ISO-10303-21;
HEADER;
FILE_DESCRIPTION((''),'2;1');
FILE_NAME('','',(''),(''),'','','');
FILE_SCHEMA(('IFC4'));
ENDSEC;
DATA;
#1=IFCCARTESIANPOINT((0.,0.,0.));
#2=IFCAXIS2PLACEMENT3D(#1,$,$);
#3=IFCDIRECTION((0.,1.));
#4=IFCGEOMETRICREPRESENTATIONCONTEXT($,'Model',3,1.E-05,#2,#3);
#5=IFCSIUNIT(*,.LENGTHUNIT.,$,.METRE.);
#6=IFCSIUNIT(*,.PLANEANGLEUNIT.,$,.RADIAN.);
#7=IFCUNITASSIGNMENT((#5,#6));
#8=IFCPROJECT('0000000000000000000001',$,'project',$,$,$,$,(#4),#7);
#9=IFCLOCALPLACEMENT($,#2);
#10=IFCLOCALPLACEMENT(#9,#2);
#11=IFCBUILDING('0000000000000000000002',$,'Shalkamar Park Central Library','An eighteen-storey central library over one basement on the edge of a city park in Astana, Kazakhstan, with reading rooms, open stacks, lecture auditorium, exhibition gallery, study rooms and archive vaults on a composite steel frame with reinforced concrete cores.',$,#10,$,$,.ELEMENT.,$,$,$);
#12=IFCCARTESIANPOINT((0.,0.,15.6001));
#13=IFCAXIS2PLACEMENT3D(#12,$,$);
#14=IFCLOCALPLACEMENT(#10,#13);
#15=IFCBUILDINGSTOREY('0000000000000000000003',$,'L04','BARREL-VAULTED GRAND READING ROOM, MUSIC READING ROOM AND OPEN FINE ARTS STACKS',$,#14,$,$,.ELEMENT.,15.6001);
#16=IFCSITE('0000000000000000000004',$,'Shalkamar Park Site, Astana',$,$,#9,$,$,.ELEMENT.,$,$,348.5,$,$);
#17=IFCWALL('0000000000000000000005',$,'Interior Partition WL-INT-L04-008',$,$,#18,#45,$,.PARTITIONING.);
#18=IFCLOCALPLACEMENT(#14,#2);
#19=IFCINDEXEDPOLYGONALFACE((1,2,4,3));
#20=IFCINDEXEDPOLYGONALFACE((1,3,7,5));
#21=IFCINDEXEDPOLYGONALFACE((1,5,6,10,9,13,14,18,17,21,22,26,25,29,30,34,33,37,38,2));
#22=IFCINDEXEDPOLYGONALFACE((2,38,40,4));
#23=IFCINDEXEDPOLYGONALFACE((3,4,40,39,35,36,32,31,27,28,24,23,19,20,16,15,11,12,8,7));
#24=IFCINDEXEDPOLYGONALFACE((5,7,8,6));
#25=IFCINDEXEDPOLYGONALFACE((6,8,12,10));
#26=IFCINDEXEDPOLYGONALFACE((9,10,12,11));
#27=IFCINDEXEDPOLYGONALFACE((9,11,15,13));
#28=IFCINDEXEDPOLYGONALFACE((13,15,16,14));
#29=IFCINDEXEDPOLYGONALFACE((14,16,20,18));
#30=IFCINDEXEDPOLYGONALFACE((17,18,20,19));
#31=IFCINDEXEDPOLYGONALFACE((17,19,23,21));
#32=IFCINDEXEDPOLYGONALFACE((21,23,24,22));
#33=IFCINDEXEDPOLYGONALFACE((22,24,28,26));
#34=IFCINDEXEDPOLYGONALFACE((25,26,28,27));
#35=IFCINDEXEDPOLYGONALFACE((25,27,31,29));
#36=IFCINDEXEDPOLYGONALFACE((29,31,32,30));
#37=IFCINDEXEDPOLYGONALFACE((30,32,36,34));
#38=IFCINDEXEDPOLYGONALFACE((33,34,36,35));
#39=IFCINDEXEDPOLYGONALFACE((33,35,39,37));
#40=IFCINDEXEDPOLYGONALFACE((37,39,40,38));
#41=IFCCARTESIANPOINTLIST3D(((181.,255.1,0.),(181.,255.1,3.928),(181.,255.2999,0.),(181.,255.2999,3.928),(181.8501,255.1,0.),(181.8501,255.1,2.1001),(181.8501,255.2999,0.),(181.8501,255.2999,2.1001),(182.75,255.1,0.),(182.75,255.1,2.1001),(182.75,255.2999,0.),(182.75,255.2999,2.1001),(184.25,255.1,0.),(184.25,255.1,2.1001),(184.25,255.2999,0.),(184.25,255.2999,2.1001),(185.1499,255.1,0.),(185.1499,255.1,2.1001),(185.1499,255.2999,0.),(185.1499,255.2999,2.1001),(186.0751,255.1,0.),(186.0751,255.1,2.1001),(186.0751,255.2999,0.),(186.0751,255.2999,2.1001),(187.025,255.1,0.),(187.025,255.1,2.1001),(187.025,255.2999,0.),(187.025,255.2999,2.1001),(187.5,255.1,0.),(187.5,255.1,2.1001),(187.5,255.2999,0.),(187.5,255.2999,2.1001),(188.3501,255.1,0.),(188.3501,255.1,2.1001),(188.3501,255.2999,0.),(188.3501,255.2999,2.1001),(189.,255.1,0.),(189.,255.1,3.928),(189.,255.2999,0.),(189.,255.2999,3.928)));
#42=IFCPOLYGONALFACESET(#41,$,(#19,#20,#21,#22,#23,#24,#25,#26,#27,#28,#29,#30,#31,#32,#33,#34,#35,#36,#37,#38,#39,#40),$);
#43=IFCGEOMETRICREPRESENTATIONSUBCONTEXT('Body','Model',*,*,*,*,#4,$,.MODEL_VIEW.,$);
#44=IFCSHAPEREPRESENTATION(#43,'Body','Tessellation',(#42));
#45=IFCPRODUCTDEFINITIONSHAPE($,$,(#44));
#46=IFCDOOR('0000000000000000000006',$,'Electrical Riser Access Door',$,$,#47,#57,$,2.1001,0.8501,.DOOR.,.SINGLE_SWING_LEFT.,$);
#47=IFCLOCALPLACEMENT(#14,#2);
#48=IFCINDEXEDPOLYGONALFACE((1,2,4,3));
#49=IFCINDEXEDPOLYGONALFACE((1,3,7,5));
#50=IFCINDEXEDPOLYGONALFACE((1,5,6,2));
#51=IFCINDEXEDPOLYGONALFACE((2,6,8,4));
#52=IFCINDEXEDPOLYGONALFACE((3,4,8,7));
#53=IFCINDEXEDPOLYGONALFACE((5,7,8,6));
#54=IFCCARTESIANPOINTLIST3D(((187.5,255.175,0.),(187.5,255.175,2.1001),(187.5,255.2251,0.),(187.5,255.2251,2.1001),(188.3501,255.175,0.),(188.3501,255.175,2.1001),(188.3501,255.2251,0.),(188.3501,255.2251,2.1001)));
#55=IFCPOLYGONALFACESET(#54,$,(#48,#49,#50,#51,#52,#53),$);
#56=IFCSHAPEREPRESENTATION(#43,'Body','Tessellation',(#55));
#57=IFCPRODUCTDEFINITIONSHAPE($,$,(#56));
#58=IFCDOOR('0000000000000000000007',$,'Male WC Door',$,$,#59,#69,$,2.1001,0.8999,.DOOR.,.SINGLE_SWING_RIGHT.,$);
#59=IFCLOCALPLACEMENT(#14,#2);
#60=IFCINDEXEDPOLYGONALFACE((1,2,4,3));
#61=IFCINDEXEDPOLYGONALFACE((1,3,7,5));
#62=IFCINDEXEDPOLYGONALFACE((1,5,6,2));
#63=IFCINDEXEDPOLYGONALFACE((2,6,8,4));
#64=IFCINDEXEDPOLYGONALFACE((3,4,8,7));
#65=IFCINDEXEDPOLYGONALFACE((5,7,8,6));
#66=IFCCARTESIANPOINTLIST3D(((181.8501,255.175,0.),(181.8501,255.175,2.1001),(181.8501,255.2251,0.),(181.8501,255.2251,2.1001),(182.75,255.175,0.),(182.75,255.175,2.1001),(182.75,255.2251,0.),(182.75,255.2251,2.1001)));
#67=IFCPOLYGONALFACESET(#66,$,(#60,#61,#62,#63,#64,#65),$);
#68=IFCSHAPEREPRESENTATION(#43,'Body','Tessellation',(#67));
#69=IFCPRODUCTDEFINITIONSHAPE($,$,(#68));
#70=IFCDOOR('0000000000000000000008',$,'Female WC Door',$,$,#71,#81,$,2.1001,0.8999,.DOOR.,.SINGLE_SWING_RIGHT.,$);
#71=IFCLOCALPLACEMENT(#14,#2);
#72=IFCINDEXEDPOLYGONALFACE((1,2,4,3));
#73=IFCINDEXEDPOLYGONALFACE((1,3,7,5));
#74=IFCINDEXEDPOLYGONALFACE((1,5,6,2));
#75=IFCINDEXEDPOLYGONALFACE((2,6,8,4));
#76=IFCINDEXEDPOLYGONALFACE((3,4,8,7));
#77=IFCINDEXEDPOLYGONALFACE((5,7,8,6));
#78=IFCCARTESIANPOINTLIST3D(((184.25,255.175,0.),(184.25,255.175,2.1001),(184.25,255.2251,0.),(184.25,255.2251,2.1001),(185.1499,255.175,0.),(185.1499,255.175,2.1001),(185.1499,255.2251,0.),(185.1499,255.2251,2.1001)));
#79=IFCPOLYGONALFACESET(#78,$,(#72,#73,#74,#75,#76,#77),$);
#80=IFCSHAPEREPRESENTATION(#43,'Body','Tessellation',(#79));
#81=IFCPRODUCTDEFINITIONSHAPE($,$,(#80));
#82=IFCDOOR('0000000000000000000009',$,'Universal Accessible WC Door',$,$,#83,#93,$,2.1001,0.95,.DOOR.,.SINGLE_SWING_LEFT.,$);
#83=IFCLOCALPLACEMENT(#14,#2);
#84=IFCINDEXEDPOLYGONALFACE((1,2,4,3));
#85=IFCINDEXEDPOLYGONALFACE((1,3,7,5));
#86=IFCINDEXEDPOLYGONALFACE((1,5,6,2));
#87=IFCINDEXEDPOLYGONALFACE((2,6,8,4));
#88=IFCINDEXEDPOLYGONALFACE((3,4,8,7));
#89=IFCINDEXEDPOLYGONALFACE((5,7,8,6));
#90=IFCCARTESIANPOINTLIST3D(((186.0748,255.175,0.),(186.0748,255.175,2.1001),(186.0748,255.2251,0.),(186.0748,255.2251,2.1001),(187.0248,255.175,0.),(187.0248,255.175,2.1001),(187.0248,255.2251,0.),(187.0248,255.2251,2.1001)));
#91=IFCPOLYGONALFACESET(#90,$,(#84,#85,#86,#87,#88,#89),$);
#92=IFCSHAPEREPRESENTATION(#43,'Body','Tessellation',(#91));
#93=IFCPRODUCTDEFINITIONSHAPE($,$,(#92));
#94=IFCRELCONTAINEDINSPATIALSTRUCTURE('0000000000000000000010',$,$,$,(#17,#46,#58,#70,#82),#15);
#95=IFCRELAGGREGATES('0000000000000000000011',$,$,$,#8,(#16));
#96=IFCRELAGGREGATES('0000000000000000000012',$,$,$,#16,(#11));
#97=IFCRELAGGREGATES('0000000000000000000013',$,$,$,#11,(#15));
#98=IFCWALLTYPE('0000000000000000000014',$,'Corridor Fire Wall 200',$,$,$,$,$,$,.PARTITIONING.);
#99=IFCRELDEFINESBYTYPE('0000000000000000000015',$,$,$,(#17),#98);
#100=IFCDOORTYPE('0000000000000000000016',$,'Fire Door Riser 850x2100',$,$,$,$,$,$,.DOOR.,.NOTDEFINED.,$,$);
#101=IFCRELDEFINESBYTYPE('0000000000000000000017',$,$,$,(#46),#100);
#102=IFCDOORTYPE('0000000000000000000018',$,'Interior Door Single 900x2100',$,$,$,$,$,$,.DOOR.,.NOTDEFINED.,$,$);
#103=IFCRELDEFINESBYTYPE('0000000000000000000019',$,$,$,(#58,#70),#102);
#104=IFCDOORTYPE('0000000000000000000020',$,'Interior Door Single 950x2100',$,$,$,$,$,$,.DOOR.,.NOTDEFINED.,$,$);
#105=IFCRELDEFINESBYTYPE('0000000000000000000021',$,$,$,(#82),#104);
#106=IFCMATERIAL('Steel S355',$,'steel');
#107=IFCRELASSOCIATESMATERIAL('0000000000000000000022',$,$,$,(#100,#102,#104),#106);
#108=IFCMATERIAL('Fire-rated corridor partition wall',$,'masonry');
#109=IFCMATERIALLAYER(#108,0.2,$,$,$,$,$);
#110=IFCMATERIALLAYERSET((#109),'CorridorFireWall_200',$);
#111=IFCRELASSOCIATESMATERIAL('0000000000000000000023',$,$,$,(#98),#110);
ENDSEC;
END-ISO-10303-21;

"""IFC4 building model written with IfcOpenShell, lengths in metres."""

from ifc_helpers import new_model, si_unit, direction, frame, frame_2d, origin, place, context, subcontext, project, spatial, rectangle, extrude, material, layer, layer_set, type_object, element, fill, save


model = new_model("IFC4")

# Units and contexts
model_context = context("Model", 3, precision=1e-05, world=origin(), true_north=direction((0.0, 1.0)))
body_context = subcontext(model_context, "Body", "Model", "MODEL_VIEW")
ifc_project = project(units=[si_unit("LENGTHUNIT", "METRE"), si_unit("PLANEANGLEUNIT", "RADIAN")], contexts=[model_context])

# Site, building, storey
site_placement = place(None, origin())
site = spatial("IfcSite", under=ifc_project, at=site_placement, Name="Shalkamar Park Site, Astana", CompositionType="ELEMENT", RefElevation=348.5)
building_placement = place(site_placement, origin())
building = spatial("IfcBuilding", under=site, at=building_placement, Name="Shalkamar Park Central Library", Description="An eighteen-storey central library over one basement on the edge of a city park in Astana, Kazakhstan, with reading rooms, open stacks, lecture auditorium, exhibition gallery, study rooms and archive vaults on a composite steel frame with reinforced concrete cores.", CompositionType="ELEMENT")
storey_placement = place(building_placement, frame((0.0, 0.0, 15.6001)))
storey = spatial("IfcBuildingStorey", under=building, at=storey_placement, Name="L04", Description="BARREL-VAULTED GRAND READING ROOM, MUSIC READING ROOM AND OPEN FINE ARTS STACKS", CompositionType="ELEMENT", Elevation=15.6001)

# Shared definitions
ifc_material_1 = material(Name="Steel S355", Category="steel")

# Wall, openings, doors
door_type_1 = type_object("IfcDoorType", Name="Fire Door Riser 850x2100", OperationType="NOTDEFINED", PredefinedType="DOOR", material=ifc_material_1)
ifc_material_2 = material(Name="Fire-rated corridor partition wall", Category="masonry")
ifc_layer_1 = layer(ifc_material_2, 0.2)
ifc_layer_set_1 = layer_set([ifc_layer_1], Name="CorridorFireWall_200")
wall_type_1 = type_object("IfcWallType", Name="Corridor Fire Wall 200", PredefinedType="PARTITIONING", material=ifc_layer_set_1)
wall_1_placement = place(storey_placement, frame((181.0, 255.2, 0.0), z_axis=(0.0, 0.0, 1.0), x_axis=(1.0, 0.0, 0.0)))
wall_1 = element("IfcWall", 1, at=wall_1_placement, inside=storey, type_object=wall_type_1, Name="Interior Partition WL-INT-L04-008", PredefinedType="PARTITIONING", context=body_context, shape_type="SweptSolid", body=[
    extrude(rectangle(XDim=8.0, YDim=0.2, at=frame_2d((4.0, 0.0))), origin(), (0.0, 0.0, 1.0), 3.928),
])
opening_1_placement = place(wall_1_placement, frame((0.8501, 0.0, 0.0)))
opening_1 = element("IfcOpeningElement", 2, at=opening_1_placement, cuts=wall_1, PredefinedType="OPENING", context=body_context, shape_type="SweptSolid", body=[
    extrude(rectangle(XDim=0.8999, YDim=2.1001, at=frame_2d((0.45, 1.05))), frame((0.0, 0.1147, 0.0), z_axis=(0.0, -1.0, 0.0), x_axis=(1.0, 0.0, 0.0)), (0.0, 0.0, 1.0), 0.2297),
])
opening_2_placement = place(wall_1_placement, frame((3.25, 0.0, 0.0)))
opening_2 = element("IfcOpeningElement", 3, at=opening_2_placement, cuts=wall_1, PredefinedType="OPENING", context=body_context, shape_type="SweptSolid", body=[
    extrude(rectangle(XDim=0.8999, YDim=2.1001, at=frame_2d((0.45, 1.05))), frame((0.0, 0.1147, 0.0), z_axis=(0.0, -1.0, 0.0), x_axis=(1.0, 0.0, 0.0)), (0.0, 0.0, 1.0), 0.2297),
])
opening_3_placement = place(wall_1_placement, frame((5.075, 0.0, 0.0)))
opening_3 = element("IfcOpeningElement", 4, at=opening_3_placement, cuts=wall_1, PredefinedType="OPENING", context=body_context, shape_type="SweptSolid", body=[
    extrude(rectangle(XDim=0.95, YDim=2.1001, at=frame_2d((0.4751, 1.05))), frame((0.0, 0.1147, 0.0), z_axis=(0.0, -1.0, 0.0), x_axis=(1.0, 0.0, 0.0)), (0.0, 0.0, 1.0), 0.2297),
])
opening_4_placement = place(wall_1_placement, frame((6.5, 0.0, 0.0)))
opening_4 = element("IfcOpeningElement", 5, at=opening_4_placement, cuts=wall_1, PredefinedType="OPENING", context=body_context, shape_type="SweptSolid", body=[
    extrude(rectangle(XDim=0.8501, YDim=2.1001, at=frame_2d((0.425, 1.05))), frame((0.0, 0.1147, 0.0), z_axis=(0.0, -1.0, 0.0), x_axis=(1.0, 0.0, 0.0)), (0.0, 0.0, 1.0), 0.2297),
])
door_1_placement = place(opening_4_placement, frame((0.8501, 0.0, 0.0), z_axis=(0.0, 0.0, 1.0), x_axis=(-1.0, 0.0, 0.0)))
door_1 = element("IfcDoor", 6, at=door_1_placement, inside=storey, type_object=door_type_1, Name="Electrical Riser Access Door", OperationType="SINGLE_SWING_LEFT", OverallHeight=2.1001, OverallWidth=0.8501, PredefinedType="DOOR", context=body_context, shape_type="SweptSolid", body=[
    extrude(rectangle(XDim=0.8501, YDim=2.1001, at=frame_2d((0.425, 1.05))), frame((0.0, 0.0249, 0.0), z_axis=(0.0, -1.0, 0.0), x_axis=(1.0, 0.0, 0.0)), (0.0, 0.0, 1.0), 0.05),
])
fill(opening_4, door_1)
door_type_2 = type_object("IfcDoorType", Name="Interior Door Single 900x2100", OperationType="NOTDEFINED", PredefinedType="DOOR", material=ifc_material_1)
door_2_placement = place(opening_1_placement, frame((0.8999, 0.0, 0.0), z_axis=(0.0, 0.0, 1.0), x_axis=(-1.0, 0.0, 0.0)))
door_2 = element("IfcDoor", 7, at=door_2_placement, inside=storey, type_object=door_type_2, Name="Male WC Door", OperationType="SINGLE_SWING_RIGHT", OverallHeight=2.1001, OverallWidth=0.8999, PredefinedType="DOOR", context=body_context, shape_type="SweptSolid", body=[
    extrude(rectangle(XDim=0.8999, YDim=2.1001, at=frame_2d((0.45, 1.05))), frame((0.0, 0.0249, 0.0), z_axis=(0.0, -1.0, 0.0), x_axis=(1.0, 0.0, 0.0)), (0.0, 0.0, 1.0), 0.05),
])
fill(opening_1, door_2)
door_3_placement = place(opening_2_placement, frame((0.8999, 0.0, 0.0), z_axis=(0.0, 0.0, 1.0), x_axis=(-1.0, 0.0, 0.0)))
door_3 = element("IfcDoor", 8, at=door_3_placement, inside=storey, type_object=door_type_2, Name="Female WC Door", OperationType="SINGLE_SWING_RIGHT", OverallHeight=2.1001, OverallWidth=0.8999, PredefinedType="DOOR", context=body_context, shape_type="SweptSolid", body=[
    extrude(rectangle(XDim=0.8999, YDim=2.1001, at=frame_2d((0.45, 1.05))), frame((0.0, 0.0249, 0.0), z_axis=(0.0, -1.0, 0.0), x_axis=(1.0, 0.0, 0.0)), (0.0, 0.0, 1.0), 0.05),
])
fill(opening_2, door_3)
door_type_3 = type_object("IfcDoorType", Name="Interior Door Single 950x2100", OperationType="NOTDEFINED", PredefinedType="DOOR", material=ifc_material_1)
door_4_placement = place(opening_3_placement, frame((0.95, 0.0, 0.0), z_axis=(0.0, 0.0, 1.0), x_axis=(-1.0, 0.0, 0.0)))
door_4 = element("IfcDoor", 9, at=door_4_placement, inside=storey, type_object=door_type_3, Name="Universal Accessible WC Door", OperationType="SINGLE_SWING_LEFT", OverallHeight=2.1001, OverallWidth=0.95, PredefinedType="DOOR", context=body_context, shape_type="SweptSolid", body=[
    extrude(rectangle(XDim=0.95, YDim=2.1001, at=frame_2d((0.4751, 1.05))), frame((0.0, 0.0249, 0.0), z_axis=(0.0, -1.0, 0.0), x_axis=(1.0, 0.0, 0.0)), (0.0, 0.0, 1.0), 0.05),
])
fill(opening_3, door_4)

save(model, "model.ifc")
